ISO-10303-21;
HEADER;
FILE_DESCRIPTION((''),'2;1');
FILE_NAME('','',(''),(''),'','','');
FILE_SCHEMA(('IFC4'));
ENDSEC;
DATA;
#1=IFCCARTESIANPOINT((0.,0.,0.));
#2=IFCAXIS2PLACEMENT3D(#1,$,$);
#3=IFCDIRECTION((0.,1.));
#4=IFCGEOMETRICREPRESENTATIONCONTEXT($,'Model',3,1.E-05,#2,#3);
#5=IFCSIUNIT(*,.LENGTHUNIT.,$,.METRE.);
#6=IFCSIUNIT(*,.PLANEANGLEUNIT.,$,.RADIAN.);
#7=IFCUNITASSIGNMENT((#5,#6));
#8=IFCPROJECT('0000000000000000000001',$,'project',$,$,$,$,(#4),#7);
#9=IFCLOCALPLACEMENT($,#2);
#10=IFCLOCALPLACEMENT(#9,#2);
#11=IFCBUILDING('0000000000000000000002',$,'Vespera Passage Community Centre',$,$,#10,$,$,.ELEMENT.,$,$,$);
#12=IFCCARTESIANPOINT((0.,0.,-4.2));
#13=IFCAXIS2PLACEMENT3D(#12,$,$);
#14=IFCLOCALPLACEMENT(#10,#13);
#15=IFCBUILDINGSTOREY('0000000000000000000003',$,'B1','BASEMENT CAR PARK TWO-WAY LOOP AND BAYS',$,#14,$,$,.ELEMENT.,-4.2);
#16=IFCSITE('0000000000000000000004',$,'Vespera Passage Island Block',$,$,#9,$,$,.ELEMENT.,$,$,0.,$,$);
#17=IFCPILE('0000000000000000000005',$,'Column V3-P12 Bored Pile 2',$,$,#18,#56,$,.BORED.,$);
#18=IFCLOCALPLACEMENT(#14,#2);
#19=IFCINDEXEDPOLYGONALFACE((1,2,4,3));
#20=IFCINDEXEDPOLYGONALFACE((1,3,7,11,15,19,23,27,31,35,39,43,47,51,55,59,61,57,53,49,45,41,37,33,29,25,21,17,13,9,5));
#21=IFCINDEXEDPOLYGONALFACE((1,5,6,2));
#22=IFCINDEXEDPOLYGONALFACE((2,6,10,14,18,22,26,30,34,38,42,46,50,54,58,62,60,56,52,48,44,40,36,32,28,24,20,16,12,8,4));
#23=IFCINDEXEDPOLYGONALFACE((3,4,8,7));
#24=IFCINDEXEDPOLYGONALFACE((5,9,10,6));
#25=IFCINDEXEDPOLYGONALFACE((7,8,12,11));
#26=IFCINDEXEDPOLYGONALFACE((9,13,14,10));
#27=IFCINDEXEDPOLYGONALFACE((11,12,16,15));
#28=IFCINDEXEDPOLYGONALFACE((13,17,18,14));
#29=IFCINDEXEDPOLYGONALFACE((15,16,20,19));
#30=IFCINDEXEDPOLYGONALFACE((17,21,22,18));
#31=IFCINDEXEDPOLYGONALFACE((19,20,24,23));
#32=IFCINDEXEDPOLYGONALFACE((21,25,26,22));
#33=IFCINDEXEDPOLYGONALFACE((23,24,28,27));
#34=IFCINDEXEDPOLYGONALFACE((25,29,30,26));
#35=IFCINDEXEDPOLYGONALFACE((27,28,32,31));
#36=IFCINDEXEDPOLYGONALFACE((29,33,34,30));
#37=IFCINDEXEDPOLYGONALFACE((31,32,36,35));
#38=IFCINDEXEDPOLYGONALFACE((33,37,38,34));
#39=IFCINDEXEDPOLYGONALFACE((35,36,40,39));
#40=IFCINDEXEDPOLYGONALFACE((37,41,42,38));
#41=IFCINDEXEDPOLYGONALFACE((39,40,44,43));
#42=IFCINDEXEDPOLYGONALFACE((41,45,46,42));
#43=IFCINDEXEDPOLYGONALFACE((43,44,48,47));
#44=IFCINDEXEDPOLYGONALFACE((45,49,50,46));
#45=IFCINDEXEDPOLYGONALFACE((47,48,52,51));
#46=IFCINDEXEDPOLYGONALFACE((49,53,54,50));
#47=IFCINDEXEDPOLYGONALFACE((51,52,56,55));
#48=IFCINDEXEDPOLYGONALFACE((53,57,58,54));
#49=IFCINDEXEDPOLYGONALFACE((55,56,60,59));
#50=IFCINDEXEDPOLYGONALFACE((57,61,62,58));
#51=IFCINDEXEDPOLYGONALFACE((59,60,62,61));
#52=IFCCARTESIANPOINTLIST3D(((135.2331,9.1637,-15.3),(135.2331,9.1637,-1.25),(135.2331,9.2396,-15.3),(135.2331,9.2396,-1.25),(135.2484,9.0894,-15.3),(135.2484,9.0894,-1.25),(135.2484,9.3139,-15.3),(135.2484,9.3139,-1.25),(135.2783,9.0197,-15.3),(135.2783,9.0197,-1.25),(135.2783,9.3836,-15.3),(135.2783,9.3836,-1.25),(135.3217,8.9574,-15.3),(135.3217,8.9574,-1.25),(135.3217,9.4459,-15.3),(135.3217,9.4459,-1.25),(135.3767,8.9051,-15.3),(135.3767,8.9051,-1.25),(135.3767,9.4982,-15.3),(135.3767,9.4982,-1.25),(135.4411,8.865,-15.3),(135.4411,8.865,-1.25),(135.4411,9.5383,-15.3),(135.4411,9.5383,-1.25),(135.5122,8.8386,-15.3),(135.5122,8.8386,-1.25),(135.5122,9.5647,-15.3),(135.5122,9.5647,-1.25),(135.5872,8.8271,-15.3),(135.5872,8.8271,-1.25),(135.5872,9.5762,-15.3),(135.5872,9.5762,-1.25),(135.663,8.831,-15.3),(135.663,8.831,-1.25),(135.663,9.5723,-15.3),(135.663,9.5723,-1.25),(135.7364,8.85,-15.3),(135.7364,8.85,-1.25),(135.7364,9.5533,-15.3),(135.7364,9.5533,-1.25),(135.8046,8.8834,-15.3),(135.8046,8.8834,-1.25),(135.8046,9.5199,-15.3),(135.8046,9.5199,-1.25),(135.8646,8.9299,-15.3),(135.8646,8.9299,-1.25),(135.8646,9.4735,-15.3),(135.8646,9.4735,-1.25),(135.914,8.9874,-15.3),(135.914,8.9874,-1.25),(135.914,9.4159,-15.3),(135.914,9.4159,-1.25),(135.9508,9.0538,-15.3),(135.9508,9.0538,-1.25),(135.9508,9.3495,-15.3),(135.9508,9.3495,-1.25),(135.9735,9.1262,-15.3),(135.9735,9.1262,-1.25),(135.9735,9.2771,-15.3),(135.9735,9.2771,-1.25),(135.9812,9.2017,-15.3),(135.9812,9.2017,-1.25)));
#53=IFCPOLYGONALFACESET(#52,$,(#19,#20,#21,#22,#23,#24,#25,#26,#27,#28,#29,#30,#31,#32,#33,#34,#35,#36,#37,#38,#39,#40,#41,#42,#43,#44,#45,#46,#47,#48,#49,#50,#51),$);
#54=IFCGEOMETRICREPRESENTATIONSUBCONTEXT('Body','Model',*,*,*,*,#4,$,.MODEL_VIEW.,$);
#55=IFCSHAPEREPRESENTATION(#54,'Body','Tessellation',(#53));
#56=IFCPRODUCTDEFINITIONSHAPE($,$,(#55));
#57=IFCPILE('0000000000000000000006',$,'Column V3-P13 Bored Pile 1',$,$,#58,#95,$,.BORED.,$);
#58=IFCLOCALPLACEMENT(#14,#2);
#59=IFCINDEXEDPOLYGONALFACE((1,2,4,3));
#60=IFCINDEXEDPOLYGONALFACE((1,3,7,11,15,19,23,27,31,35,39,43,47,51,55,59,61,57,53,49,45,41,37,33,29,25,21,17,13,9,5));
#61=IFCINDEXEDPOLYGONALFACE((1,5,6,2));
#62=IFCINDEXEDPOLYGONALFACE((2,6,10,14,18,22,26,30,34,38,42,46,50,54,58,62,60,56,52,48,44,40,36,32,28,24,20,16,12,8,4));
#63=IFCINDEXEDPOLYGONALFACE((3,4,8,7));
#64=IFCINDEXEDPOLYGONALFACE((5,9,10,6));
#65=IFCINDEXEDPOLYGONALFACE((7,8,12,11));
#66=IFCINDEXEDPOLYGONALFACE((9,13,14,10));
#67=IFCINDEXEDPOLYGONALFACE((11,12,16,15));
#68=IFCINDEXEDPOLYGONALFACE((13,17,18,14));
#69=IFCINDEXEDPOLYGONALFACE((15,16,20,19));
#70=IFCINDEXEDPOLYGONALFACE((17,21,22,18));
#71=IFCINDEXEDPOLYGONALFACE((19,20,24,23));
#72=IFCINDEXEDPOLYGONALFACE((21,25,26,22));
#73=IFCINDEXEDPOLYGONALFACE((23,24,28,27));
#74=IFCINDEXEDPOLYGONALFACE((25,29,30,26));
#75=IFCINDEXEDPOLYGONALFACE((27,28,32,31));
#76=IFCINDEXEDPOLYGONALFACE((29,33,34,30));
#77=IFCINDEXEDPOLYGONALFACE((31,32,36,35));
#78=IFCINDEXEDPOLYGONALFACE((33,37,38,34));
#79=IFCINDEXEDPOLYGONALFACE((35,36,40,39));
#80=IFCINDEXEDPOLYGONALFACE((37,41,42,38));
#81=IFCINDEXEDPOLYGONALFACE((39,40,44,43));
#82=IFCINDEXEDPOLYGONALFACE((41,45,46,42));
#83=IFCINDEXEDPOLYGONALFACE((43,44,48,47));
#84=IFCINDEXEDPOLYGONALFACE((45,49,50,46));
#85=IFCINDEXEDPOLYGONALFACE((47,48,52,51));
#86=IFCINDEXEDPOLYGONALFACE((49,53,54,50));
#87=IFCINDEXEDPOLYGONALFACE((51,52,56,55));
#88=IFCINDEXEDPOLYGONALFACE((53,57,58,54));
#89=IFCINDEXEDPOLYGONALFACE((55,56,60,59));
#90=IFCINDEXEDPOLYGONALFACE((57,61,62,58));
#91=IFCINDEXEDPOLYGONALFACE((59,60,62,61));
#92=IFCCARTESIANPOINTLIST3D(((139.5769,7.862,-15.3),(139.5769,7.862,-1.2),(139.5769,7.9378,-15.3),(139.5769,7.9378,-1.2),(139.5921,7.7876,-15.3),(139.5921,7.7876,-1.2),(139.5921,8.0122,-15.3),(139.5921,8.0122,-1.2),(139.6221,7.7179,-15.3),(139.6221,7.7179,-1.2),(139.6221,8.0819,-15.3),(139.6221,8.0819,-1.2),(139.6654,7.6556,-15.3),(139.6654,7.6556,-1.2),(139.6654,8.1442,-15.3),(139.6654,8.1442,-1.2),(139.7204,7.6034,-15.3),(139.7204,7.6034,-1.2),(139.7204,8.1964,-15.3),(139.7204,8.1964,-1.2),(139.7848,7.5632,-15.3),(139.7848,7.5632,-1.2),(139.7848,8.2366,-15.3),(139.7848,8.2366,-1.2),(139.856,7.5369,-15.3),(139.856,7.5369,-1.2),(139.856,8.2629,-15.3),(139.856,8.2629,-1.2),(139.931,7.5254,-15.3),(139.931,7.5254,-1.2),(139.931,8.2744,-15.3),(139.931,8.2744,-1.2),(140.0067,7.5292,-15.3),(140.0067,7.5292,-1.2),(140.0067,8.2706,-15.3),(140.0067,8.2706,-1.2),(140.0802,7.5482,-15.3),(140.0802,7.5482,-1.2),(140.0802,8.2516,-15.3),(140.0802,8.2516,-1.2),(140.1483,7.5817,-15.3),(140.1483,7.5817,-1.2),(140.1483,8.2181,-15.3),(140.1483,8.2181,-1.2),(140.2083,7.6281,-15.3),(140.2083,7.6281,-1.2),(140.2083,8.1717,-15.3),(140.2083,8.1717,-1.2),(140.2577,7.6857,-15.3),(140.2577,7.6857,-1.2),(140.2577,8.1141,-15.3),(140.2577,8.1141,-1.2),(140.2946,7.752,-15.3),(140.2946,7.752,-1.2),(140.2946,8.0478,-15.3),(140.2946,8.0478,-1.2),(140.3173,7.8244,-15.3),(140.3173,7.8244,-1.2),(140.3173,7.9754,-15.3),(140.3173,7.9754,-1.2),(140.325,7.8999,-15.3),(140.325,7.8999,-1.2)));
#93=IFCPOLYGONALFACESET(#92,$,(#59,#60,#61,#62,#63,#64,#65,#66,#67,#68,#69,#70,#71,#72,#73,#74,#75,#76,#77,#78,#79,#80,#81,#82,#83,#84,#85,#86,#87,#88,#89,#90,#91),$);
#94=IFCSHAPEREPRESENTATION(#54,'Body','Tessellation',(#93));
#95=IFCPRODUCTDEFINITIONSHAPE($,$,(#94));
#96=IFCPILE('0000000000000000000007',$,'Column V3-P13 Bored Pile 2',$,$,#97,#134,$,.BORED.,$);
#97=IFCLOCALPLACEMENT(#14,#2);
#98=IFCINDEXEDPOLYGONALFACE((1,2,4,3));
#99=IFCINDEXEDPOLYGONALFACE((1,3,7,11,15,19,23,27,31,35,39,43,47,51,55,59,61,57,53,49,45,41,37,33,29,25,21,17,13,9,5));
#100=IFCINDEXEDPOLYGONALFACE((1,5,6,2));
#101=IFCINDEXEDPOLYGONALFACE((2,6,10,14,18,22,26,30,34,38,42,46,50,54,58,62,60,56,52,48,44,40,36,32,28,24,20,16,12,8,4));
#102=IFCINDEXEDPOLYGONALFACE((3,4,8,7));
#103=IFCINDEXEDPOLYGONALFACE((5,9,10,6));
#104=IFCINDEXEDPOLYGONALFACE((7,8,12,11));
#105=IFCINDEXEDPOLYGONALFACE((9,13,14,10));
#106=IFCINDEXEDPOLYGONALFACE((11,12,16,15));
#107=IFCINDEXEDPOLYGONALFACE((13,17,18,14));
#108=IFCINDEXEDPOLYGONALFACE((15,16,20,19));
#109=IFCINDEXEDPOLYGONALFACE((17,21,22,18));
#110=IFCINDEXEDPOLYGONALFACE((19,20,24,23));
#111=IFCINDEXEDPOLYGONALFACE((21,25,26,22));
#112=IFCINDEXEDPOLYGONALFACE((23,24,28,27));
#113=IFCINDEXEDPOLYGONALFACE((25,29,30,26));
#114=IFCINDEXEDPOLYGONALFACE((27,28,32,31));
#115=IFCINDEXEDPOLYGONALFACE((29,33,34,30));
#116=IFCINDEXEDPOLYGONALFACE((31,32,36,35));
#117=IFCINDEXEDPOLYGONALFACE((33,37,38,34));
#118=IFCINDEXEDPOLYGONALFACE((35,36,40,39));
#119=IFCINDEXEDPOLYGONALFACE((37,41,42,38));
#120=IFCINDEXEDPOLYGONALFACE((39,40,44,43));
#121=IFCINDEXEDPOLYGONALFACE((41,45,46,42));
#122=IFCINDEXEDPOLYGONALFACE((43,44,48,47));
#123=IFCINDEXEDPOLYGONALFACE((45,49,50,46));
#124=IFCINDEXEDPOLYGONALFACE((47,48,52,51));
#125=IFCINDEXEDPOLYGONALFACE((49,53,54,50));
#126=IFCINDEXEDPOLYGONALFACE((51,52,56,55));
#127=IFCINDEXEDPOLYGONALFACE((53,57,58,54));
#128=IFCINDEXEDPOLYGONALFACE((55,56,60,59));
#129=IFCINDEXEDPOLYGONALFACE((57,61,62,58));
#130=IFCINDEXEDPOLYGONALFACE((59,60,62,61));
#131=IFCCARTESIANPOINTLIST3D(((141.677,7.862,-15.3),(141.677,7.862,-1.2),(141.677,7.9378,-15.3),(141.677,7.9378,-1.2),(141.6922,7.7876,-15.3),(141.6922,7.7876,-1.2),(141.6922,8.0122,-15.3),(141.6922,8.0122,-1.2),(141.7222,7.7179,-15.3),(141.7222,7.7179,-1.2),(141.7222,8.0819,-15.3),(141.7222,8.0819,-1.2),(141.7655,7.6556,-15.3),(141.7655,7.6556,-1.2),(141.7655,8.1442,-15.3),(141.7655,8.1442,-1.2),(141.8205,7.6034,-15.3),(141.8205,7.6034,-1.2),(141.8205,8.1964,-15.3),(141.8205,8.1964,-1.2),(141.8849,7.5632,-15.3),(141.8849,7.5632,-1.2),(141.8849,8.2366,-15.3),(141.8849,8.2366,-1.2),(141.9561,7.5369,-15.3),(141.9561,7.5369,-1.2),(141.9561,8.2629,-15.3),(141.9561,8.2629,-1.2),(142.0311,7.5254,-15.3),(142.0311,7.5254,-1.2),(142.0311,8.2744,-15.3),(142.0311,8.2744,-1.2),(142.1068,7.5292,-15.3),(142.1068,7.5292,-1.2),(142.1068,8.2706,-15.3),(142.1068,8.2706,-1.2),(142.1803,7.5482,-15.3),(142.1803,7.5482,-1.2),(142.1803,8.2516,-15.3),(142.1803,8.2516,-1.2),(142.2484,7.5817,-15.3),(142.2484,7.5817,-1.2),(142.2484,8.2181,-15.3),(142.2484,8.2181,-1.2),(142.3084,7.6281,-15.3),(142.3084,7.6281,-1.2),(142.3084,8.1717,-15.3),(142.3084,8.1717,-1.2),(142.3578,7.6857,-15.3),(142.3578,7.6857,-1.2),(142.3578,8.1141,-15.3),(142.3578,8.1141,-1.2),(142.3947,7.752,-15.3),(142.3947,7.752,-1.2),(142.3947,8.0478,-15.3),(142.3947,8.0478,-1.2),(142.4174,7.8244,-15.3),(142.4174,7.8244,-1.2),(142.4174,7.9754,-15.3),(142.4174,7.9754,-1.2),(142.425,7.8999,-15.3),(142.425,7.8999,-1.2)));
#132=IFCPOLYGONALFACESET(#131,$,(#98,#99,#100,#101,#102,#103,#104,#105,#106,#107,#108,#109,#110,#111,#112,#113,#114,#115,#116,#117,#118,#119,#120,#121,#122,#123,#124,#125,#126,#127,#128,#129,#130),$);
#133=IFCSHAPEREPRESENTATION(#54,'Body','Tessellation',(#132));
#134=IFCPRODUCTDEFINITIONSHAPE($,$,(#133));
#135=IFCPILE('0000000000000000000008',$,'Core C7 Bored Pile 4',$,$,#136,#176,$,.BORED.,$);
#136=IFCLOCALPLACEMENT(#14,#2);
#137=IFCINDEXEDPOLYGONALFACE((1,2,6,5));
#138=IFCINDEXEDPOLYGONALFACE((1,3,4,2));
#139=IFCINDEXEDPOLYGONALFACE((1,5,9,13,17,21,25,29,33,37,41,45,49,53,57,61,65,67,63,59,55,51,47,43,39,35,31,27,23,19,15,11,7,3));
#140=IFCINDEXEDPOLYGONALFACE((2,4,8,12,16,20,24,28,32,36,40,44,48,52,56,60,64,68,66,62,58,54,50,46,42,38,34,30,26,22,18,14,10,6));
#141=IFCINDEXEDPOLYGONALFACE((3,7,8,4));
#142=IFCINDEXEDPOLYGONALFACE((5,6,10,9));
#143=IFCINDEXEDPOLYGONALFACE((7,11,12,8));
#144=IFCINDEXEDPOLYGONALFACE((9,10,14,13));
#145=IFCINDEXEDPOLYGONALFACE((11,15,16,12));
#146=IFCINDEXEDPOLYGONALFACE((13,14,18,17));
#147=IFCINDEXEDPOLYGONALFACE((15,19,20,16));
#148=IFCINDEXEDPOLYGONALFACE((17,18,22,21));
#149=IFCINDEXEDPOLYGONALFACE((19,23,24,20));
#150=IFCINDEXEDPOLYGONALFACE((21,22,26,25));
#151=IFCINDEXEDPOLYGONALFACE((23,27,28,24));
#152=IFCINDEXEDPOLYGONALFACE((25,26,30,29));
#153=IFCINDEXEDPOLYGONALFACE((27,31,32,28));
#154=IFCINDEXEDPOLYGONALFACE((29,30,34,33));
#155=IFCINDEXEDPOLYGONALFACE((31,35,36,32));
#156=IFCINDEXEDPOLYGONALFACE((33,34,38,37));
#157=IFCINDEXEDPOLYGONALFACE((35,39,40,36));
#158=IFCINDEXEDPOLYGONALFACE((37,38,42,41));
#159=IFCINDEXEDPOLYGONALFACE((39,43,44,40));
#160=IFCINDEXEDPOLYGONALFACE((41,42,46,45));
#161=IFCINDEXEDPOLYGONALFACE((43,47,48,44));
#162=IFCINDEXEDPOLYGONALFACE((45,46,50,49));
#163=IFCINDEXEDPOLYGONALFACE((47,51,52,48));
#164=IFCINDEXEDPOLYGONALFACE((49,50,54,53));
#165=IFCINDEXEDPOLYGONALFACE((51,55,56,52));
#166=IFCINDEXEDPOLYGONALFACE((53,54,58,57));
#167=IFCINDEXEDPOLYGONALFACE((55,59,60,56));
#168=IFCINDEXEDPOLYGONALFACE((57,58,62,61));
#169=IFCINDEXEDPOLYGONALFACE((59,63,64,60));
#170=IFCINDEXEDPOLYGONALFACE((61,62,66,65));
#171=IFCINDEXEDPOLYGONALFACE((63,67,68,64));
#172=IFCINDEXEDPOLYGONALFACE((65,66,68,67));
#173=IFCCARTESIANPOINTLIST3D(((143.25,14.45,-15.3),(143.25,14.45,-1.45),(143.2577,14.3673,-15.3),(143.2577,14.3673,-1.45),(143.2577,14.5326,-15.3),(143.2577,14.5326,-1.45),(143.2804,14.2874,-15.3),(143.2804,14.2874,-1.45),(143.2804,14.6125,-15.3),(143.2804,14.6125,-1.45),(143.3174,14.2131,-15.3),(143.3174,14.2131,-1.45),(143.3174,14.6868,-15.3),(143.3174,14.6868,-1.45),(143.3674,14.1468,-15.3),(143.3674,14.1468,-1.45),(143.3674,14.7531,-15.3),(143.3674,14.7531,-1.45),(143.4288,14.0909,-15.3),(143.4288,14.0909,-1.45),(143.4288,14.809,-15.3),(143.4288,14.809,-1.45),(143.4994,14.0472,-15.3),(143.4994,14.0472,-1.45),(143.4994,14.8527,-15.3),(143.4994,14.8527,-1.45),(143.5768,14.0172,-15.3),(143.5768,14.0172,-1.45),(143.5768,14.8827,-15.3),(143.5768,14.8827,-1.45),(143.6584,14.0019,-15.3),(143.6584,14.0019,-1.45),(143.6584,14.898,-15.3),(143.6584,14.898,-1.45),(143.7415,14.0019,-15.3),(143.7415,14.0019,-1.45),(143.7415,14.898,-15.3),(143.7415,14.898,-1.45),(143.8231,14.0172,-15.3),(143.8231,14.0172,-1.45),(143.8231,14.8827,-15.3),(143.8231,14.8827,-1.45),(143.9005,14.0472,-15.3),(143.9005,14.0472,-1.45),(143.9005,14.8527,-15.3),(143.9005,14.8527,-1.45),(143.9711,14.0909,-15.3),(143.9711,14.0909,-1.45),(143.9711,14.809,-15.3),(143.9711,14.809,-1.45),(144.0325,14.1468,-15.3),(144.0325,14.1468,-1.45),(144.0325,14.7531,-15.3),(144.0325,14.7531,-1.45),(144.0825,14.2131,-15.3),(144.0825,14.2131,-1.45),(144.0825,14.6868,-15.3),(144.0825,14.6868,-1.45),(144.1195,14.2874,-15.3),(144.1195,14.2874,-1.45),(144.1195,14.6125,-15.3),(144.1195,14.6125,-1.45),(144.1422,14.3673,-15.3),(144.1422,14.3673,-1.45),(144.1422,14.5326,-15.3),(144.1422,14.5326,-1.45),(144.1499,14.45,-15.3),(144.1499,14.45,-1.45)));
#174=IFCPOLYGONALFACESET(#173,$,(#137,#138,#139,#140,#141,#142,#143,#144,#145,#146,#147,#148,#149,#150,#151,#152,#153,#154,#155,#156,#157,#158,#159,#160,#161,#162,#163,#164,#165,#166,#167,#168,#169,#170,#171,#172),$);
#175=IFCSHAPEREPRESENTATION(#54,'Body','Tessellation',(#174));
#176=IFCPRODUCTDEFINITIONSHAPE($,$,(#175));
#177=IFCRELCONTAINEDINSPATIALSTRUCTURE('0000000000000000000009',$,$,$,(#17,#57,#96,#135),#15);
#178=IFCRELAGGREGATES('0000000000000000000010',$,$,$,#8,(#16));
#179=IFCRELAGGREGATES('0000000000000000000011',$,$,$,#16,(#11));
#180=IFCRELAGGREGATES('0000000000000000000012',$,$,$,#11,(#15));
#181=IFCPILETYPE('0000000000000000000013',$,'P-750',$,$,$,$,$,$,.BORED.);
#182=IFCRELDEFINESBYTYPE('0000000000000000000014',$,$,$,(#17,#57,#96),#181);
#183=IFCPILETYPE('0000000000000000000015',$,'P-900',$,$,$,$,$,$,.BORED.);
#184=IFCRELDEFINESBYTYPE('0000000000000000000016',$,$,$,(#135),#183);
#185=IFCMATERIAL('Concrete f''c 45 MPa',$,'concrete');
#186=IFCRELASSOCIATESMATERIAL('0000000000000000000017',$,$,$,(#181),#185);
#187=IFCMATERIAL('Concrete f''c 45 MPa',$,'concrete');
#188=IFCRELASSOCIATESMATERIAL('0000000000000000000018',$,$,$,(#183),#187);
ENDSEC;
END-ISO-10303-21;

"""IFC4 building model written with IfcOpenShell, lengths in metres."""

from ifc_helpers import new_model, si_unit, direction, frame, origin, origin_2d, place, context, subcontext, project, spatial, circle, extrude, material, material_profile, profile_set, type_object, element, save


model = new_model("IFC4")

# Units and contexts
model_context = context("Model", 3, precision=1e-05, world=origin(), true_north=direction((0.0, 1.0)))
body_context = subcontext(model_context, "Body", "Model", "MODEL_VIEW")
ifc_project = project(units=[si_unit("LENGTHUNIT", "METRE"), si_unit("PLANEANGLEUNIT", "RADIAN")], contexts=[model_context])

# Site, building, storey
site_placement = place(None, origin())
site = spatial("IfcSite", under=ifc_project, at=site_placement, Name="Vespera Passage Island Block", CompositionType="ELEMENT", RefElevation=0.0)
building_placement = place(site_placement, origin())
building = spatial("IfcBuilding", under=site, at=building_placement, Name="Vespera Passage Community Centre", CompositionType="ELEMENT")
storey_placement = place(building_placement, frame((0.0, 0.0, -4.2)))
storey = spatial("IfcBuildingStorey", under=building, at=storey_placement, Name="B1", Description="BASEMENT CAR PARK TWO-WAY LOOP AND BAYS", CompositionType="ELEMENT", Elevation=-4.2)

# Piles
ifc_material_1 = material(Name="Concrete f'c 45 MPa", Category="concrete")
ifc_material_profile_1 = material_profile(ifc_material_1, circle(Radius=0.375, at=origin_2d()), Name="PILE750DIA")
ifc_profile_set_1 = profile_set([ifc_material_profile_1], Name="Concrete f'c 45 MPa")
pile_type_1 = type_object("IfcPileType", Name="P-750", PredefinedType="BORED", material=ifc_profile_set_1)
pile_placement = place(storey_placement, frame((135.6062, 9.2017, -1.25), z_axis=(0.0, 0.0, -1.0), x_axis=(1.0, 0.0, 0.0)))
element("IfcPile", 1, at=pile_placement, inside=storey, type_object=pile_type_1, Name="Column V3-P12 Bored Pile 2", PredefinedType="BORED", context=body_context, shape_type="SweptSolid", body=[
    extrude(circle(Radius=0.375, at=origin_2d()), origin(), (0.0, 0.0, 1.0), 14.05),
])
for number, where, z_axis, x_axis, name in (
    (2, (139.95, 7.8999, -1.2), (0.0, 0.0, -1.0), (1.0, 0.0, 0.0), "Column V3-P13 Bored Pile 1"),
    (3, (142.05, 7.8999, -1.2), (0.0, 0.0, -1.0), (1.0, 0.0, 0.0), "Column V3-P13 Bored Pile 2"),
):
    element("IfcPile", number, at=place(storey_placement, frame(where, z_axis=z_axis, x_axis=x_axis)), inside=storey, type_object=pile_type_1, Name=name, PredefinedType="BORED", context=body_context, shape_type="SweptSolid", body=[
        extrude(circle(Radius=0.375, at=origin_2d()), origin(), (0.0, 0.0, 1.0), 14.1001),
    ])
ifc_material_2 = material(Name="Concrete f'c 45 MPa", Category="concrete")
ifc_material_profile_2 = material_profile(ifc_material_2, circle(Radius=0.45, at=origin_2d()), Name="PILE900DIA")
ifc_profile_set_2 = profile_set([ifc_material_profile_2], Name="Concrete f'c 45 MPa")
pile_type_2 = type_object("IfcPileType", Name="P-900", PredefinedType="BORED", material=ifc_profile_set_2)
for number, where, z_axis, x_axis, name in (
    (4, (143.7, 14.45, -1.45), (0.0, 0.0, -1.0), (1.0, 0.0, 0.0), "Core C7 Bored Pile 4"),
):
    element("IfcPile", number, at=place(storey_placement, frame(where, z_axis=z_axis, x_axis=x_axis)), inside=storey, type_object=pile_type_2, Name=name, PredefinedType="BORED", context=body_context, shape_type="SweptSolid", body=[
        extrude(circle(Radius=0.45, at=origin_2d()), origin(), (0.0, 0.0, 1.0), 13.8501),
    ])

save(model, "model.ifc")
